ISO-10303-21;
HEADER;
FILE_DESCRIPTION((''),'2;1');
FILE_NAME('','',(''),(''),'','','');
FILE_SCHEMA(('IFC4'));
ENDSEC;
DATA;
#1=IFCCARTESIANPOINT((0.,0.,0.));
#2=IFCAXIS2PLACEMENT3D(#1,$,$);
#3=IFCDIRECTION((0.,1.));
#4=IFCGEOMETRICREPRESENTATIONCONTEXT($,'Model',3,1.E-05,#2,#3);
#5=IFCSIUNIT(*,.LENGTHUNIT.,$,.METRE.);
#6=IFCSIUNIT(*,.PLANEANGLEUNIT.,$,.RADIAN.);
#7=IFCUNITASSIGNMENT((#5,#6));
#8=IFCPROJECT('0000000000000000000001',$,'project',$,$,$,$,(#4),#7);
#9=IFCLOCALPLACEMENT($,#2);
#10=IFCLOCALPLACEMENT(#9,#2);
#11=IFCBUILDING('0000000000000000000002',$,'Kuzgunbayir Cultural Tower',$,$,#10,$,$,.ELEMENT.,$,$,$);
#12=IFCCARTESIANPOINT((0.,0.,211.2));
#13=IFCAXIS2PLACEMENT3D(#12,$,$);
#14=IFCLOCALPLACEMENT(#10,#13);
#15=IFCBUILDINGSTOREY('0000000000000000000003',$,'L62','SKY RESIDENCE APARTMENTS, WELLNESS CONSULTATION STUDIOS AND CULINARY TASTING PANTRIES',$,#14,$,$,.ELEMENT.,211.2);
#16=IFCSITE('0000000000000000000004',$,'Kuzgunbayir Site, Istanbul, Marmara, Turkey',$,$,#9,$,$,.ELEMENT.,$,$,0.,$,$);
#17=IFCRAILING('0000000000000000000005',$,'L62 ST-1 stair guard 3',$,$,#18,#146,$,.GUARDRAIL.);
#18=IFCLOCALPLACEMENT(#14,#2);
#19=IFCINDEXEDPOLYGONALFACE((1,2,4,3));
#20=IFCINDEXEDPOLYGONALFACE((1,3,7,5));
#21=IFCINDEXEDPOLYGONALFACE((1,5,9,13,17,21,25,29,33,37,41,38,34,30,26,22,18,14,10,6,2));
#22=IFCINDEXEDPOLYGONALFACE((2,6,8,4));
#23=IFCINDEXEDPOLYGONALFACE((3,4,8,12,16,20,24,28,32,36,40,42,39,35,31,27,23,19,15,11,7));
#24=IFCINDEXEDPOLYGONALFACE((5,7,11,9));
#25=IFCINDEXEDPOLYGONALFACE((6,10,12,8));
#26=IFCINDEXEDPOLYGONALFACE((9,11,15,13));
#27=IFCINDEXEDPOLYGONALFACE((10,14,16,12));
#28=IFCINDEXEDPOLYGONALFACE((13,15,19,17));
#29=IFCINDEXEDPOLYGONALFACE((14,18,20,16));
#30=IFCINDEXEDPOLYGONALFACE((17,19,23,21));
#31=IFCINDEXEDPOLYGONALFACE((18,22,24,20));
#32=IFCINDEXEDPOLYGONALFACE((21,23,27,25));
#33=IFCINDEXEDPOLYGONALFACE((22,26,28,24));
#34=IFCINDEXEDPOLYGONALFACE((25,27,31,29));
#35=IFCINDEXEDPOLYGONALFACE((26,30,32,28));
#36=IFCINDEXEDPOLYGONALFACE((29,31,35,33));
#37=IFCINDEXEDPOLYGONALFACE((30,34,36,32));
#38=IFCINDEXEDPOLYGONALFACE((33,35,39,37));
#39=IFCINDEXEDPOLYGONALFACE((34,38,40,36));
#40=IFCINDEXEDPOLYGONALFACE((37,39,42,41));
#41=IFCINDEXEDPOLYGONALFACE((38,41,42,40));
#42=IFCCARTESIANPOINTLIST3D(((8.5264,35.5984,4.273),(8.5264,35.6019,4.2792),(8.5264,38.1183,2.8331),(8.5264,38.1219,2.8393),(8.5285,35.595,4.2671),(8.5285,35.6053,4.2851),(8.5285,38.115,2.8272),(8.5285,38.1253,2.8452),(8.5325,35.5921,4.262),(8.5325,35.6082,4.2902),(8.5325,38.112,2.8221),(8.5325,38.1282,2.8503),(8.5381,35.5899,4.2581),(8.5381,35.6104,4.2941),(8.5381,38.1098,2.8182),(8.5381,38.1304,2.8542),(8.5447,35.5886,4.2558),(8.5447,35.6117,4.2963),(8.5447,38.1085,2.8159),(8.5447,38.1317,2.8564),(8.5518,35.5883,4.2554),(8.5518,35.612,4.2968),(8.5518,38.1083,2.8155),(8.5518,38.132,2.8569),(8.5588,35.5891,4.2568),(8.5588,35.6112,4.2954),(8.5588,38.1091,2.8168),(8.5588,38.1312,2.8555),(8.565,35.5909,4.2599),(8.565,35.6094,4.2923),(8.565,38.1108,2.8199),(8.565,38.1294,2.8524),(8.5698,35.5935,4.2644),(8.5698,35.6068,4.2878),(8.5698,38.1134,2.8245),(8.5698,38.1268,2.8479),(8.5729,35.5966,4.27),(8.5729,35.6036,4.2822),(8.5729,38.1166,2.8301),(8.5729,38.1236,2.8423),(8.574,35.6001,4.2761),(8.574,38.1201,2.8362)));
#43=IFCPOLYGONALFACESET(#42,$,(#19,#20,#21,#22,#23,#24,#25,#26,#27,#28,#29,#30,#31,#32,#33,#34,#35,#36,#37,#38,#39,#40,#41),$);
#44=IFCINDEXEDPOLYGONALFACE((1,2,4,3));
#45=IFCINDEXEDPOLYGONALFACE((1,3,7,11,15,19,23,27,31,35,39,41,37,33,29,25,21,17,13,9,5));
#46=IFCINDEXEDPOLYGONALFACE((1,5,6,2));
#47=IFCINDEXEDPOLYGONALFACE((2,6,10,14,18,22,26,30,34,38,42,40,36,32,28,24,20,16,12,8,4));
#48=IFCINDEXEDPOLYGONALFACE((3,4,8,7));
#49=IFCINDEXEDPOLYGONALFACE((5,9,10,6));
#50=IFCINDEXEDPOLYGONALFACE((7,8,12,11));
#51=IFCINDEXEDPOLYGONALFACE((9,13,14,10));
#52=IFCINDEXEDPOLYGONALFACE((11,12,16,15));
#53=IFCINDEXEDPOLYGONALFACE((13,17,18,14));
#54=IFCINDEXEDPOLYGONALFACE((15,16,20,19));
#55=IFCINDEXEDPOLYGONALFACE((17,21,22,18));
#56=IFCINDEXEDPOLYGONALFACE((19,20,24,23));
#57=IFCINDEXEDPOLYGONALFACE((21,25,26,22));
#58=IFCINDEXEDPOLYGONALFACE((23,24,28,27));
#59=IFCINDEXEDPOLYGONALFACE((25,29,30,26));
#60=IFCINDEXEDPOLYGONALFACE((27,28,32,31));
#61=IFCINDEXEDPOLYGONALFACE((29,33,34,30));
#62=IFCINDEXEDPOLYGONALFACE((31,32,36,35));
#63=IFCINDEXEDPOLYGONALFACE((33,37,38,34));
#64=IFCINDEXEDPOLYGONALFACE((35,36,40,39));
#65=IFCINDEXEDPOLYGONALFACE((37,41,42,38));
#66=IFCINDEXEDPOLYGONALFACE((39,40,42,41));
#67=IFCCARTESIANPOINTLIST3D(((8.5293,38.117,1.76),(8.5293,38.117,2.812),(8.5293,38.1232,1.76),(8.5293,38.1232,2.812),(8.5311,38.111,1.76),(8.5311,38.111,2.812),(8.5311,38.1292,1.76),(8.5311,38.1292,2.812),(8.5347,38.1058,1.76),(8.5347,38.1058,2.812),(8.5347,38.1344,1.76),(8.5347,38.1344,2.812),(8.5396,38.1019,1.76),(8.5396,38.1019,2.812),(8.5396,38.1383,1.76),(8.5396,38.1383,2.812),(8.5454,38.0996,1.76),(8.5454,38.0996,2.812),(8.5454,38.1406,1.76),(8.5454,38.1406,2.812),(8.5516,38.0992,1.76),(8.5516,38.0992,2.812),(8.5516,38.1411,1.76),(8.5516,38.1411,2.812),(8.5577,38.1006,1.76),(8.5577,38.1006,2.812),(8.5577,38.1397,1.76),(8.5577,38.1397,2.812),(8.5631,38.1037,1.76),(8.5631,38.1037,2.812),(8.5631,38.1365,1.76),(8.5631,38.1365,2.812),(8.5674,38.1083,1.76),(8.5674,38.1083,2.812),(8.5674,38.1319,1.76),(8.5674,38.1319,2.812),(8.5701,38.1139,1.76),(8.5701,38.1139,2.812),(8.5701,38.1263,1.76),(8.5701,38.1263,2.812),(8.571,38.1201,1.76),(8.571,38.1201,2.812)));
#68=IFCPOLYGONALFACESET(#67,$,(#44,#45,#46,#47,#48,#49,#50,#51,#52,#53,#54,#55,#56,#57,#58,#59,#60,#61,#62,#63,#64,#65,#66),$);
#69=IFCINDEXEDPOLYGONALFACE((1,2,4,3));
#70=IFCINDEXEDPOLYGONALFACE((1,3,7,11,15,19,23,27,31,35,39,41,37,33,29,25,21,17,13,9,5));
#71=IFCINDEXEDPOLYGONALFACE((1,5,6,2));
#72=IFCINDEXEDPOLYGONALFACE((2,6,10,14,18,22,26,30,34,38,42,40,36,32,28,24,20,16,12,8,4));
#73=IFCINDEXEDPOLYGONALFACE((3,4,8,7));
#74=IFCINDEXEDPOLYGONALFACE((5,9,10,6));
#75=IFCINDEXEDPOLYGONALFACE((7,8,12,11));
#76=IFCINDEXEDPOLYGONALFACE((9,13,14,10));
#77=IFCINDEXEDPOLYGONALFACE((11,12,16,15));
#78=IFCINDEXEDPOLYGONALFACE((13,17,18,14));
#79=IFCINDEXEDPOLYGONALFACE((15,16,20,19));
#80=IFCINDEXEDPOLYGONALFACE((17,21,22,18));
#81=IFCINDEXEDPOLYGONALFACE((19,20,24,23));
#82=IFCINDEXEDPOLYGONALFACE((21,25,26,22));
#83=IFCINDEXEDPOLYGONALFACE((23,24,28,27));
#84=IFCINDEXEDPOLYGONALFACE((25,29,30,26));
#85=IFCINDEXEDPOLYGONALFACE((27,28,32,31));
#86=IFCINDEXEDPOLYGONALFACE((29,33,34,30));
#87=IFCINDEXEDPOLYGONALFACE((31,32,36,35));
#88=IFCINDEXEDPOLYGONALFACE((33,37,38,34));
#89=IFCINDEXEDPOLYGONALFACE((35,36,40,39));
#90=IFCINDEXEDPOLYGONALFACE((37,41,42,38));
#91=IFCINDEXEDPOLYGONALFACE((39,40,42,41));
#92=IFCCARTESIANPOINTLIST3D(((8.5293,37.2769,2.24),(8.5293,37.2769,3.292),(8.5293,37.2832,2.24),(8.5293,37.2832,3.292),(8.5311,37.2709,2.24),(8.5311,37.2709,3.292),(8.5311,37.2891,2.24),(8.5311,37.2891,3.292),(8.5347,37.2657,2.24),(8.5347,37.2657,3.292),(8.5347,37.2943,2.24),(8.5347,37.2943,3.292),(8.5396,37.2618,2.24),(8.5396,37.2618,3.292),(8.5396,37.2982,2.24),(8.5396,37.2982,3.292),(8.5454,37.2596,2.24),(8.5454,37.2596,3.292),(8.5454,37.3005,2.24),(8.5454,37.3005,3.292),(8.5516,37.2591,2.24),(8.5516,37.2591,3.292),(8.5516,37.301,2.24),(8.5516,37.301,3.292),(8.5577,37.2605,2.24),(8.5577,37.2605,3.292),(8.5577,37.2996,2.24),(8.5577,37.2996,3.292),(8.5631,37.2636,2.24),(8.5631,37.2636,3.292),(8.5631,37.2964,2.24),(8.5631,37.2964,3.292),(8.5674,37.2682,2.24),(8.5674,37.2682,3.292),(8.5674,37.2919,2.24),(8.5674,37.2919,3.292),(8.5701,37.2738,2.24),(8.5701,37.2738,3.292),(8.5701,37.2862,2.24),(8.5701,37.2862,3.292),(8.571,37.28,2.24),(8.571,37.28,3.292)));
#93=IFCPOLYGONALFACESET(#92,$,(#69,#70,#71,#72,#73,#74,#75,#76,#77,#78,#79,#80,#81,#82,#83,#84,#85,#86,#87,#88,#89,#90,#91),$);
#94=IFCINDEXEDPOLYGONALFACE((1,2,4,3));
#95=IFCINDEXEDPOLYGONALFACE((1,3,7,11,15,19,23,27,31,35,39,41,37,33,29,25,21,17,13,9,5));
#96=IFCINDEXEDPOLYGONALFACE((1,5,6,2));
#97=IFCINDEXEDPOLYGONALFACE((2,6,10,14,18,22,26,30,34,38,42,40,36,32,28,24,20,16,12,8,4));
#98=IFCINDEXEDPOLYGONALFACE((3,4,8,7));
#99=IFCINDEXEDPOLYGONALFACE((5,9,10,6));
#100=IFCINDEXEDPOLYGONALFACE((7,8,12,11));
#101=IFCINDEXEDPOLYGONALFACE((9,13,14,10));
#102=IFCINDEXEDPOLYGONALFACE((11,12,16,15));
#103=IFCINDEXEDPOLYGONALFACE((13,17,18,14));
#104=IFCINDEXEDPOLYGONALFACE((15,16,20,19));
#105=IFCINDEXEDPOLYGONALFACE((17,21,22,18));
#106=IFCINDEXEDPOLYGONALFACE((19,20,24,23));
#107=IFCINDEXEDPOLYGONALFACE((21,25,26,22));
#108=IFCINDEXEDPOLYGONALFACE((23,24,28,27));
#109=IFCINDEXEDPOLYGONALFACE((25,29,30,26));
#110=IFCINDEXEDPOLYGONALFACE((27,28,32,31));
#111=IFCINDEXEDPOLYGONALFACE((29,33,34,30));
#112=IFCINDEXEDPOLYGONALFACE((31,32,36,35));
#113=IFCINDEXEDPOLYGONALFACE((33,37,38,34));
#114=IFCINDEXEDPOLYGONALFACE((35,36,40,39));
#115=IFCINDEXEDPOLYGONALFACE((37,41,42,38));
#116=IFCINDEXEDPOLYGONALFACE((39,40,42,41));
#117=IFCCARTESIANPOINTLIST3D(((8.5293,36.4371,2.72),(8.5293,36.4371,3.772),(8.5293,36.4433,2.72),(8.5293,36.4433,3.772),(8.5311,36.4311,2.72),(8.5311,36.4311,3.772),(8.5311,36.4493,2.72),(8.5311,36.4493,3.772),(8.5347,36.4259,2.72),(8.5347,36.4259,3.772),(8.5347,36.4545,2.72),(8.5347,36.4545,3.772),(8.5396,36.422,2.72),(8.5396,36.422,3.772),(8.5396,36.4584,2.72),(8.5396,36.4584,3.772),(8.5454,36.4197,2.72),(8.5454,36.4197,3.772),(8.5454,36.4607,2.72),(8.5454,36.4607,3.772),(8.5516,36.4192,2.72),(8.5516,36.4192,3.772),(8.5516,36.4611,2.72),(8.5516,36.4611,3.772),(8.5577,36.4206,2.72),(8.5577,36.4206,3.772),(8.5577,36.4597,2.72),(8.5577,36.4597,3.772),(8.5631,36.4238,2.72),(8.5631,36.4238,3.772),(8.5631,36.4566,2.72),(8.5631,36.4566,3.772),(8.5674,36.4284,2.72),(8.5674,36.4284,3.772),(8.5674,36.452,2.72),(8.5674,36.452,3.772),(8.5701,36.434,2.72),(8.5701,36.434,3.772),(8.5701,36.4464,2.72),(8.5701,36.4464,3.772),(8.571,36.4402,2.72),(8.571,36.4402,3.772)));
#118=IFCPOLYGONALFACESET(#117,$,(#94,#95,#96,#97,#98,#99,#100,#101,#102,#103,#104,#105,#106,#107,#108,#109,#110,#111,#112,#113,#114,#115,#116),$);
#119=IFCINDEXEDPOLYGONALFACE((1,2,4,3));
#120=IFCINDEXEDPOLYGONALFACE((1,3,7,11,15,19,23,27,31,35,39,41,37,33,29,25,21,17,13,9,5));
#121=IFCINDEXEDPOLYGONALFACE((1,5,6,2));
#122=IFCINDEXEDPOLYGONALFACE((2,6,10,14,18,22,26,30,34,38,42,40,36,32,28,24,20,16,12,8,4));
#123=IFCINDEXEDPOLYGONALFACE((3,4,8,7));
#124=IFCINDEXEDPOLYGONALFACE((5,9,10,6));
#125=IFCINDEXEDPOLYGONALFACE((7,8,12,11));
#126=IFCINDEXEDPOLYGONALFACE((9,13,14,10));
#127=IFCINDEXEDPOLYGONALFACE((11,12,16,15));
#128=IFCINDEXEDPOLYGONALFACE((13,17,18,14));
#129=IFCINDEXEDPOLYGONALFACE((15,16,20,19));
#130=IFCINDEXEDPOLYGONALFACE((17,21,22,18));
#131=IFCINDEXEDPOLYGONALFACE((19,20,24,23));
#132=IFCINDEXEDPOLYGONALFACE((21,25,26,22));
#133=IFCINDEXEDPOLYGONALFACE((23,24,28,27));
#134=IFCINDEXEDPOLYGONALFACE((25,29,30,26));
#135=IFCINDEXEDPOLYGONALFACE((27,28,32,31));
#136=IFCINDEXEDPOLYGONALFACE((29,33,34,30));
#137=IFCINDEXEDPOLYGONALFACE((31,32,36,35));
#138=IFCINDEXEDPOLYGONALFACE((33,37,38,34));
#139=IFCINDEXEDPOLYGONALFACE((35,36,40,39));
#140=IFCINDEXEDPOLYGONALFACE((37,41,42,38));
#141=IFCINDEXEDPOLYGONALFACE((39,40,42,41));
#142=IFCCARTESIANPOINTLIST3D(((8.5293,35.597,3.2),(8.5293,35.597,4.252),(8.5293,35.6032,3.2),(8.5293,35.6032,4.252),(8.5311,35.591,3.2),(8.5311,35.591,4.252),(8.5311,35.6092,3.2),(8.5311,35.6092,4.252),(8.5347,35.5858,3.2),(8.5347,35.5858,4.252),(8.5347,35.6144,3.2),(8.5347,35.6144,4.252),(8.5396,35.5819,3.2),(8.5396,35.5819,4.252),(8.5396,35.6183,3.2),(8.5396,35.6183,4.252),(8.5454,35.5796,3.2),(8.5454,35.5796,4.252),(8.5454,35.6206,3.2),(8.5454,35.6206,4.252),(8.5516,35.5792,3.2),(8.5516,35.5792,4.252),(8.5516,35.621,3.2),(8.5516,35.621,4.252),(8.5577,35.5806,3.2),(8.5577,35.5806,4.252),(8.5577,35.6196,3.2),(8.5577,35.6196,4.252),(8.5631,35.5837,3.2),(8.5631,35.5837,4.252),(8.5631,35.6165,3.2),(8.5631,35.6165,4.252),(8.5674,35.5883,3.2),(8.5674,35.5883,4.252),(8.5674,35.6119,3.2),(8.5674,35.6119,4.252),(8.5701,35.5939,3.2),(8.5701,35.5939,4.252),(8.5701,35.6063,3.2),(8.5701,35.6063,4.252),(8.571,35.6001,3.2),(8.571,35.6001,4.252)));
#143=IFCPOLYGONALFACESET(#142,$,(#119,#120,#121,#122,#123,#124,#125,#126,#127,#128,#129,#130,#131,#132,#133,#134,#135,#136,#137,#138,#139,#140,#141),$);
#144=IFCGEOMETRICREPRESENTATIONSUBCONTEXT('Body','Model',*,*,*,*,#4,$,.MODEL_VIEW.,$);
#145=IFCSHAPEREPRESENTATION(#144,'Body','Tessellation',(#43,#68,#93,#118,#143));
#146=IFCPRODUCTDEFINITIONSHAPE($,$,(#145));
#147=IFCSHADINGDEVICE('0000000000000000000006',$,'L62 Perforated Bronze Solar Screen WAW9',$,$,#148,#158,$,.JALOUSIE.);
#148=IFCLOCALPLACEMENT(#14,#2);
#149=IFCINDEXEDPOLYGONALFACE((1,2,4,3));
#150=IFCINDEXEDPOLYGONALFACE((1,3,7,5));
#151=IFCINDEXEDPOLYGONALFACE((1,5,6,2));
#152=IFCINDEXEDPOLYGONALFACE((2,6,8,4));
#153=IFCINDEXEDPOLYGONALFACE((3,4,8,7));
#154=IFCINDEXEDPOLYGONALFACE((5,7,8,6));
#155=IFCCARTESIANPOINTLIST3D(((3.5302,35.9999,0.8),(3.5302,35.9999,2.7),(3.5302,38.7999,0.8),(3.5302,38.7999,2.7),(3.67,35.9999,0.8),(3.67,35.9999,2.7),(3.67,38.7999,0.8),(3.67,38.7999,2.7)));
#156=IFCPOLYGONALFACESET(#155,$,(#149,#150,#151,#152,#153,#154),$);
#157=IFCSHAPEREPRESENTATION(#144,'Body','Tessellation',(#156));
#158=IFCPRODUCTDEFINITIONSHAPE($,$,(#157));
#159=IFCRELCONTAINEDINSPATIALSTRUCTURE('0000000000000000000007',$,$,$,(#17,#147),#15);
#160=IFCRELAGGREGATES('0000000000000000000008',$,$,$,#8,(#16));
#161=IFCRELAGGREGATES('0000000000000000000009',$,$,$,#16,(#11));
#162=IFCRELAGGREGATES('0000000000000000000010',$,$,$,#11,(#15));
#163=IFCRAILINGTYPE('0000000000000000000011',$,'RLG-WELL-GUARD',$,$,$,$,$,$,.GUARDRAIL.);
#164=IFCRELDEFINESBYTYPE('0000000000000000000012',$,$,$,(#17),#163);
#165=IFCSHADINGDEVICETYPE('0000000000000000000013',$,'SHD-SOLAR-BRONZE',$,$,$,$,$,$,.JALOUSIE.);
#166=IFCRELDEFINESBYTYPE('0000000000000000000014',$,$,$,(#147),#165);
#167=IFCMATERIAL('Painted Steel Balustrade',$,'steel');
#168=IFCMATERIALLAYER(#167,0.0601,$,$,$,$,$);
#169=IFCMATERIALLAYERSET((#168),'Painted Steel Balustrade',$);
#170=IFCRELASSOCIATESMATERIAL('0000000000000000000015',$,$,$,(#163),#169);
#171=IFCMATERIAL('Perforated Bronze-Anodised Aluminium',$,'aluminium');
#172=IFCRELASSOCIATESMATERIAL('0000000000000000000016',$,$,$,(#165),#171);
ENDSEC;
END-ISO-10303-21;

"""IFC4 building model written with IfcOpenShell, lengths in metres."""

from ifc_helpers import new_model, si_unit, direction, frame, origin, origin_2d, place, context, subcontext, project, spatial, rectangle, circle, extrude, material, layer, layer_set, type_object, element, save


model = new_model("IFC4")

# Units and contexts
model_context = context("Model", 3, precision=1e-05, world=origin(), true_north=direction((0.0, 1.0)))
body_context = subcontext(model_context, "Body", "Model", "MODEL_VIEW")
ifc_project = project(units=[si_unit("LENGTHUNIT", "METRE"), si_unit("PLANEANGLEUNIT", "RADIAN")], contexts=[model_context])

# Site, building, storey
site_placement = place(None, origin())
site = spatial("IfcSite", under=ifc_project, at=site_placement, Name="Kuzgunbayir Site, Istanbul, Marmara, Turkey", CompositionType="ELEMENT", RefElevation=0.0)
building_placement = place(site_placement, origin())
building = spatial("IfcBuilding", under=site, at=building_placement, Name="Kuzgunbayir Cultural Tower", CompositionType="ELEMENT")
storey_placement = place(building_placement, frame((0.0, 0.0, 211.2)))
storey = spatial("IfcBuildingStorey", under=building, at=storey_placement, Name="L62", Description="SKY RESIDENCE APARTMENTS, WELLNESS CONSULTATION STUDIOS AND CULINARY TASTING PANTRIES", CompositionType="ELEMENT", Elevation=211.2)

# Railing
ifc_material_1 = material(Name="Painted Steel Balustrade", Category="steel")
ifc_layer_1 = layer(ifc_material_1, 0.0601)
ifc_layer_set_1 = layer_set([ifc_layer_1], Name="Painted Steel Balustrade")
railing_type_1 = type_object("IfcRailingType", Name="RLG-WELL-GUARD", PredefinedType="GUARDRAIL", material=ifc_layer_set_1)
railing_1_placement = place(storey_placement, frame((8.55, 38.1201, 1.76)))
element("IfcRailing", 1, at=railing_1_placement, inside=storey, type_object=railing_type_1, Name="L62 ST-1 stair guard 3", PredefinedType="GUARDRAIL", context=body_context, shape_type="SweptSolid", body=[
    extrude(circle(Radius=0.0239, at=origin_2d()), frame((0.0, 0.0, 1.0762), z_axis=(0.0, -0.868253, 0.496121), x_axis=(1.0, 0.0, 0.0)), (0.0, 0.0, 1.0), 2.9023),
    extrude(circle(Radius=0.021, at=origin_2d()), origin(), (0.0, 0.0, 1.0), 1.052),
    extrude(circle(Radius=0.021, at=origin_2d()), frame((0.0, -0.8401, 0.48)), (0.0, 0.0, 1.0), 1.052),
    extrude(circle(Radius=0.021, at=origin_2d()), frame((0.0, -1.6799, 0.96)), (0.0, 0.0, 1.0), 1.052),
    extrude(circle(Radius=0.021, at=origin_2d()), frame((0.0, -2.52, 1.4399)), (0.0, 0.0, 1.0), 1.052),
])

# Shading device
ifc_material_2 = material(Name="Perforated Bronze-Anodised Aluminium", Category="aluminium")
shading_device_type = type_object("IfcShadingDeviceType", Name="SHD-SOLAR-BRONZE", PredefinedType="JALOUSIE", material=ifc_material_2)
shading_device_placement = place(storey_placement, frame((3.6001, 37.3999, 0.8), z_axis=(0.0, 0.0, 1.0), x_axis=(1.0, 0.0, 0.0)))
element("IfcShadingDevice", 2, at=shading_device_placement, inside=storey, type_object=shading_device_type, Name="L62 Perforated Bronze Solar Screen WAW9", PredefinedType="JALOUSIE", context=body_context, shape_type="SweptSolid", body=[
    extrude(rectangle(XDim=0.1399, YDim=2.8, at=origin_2d()), origin(), (0.0, 0.0, 1.0), 1.8999),
])

save(model, "model.ifc")
